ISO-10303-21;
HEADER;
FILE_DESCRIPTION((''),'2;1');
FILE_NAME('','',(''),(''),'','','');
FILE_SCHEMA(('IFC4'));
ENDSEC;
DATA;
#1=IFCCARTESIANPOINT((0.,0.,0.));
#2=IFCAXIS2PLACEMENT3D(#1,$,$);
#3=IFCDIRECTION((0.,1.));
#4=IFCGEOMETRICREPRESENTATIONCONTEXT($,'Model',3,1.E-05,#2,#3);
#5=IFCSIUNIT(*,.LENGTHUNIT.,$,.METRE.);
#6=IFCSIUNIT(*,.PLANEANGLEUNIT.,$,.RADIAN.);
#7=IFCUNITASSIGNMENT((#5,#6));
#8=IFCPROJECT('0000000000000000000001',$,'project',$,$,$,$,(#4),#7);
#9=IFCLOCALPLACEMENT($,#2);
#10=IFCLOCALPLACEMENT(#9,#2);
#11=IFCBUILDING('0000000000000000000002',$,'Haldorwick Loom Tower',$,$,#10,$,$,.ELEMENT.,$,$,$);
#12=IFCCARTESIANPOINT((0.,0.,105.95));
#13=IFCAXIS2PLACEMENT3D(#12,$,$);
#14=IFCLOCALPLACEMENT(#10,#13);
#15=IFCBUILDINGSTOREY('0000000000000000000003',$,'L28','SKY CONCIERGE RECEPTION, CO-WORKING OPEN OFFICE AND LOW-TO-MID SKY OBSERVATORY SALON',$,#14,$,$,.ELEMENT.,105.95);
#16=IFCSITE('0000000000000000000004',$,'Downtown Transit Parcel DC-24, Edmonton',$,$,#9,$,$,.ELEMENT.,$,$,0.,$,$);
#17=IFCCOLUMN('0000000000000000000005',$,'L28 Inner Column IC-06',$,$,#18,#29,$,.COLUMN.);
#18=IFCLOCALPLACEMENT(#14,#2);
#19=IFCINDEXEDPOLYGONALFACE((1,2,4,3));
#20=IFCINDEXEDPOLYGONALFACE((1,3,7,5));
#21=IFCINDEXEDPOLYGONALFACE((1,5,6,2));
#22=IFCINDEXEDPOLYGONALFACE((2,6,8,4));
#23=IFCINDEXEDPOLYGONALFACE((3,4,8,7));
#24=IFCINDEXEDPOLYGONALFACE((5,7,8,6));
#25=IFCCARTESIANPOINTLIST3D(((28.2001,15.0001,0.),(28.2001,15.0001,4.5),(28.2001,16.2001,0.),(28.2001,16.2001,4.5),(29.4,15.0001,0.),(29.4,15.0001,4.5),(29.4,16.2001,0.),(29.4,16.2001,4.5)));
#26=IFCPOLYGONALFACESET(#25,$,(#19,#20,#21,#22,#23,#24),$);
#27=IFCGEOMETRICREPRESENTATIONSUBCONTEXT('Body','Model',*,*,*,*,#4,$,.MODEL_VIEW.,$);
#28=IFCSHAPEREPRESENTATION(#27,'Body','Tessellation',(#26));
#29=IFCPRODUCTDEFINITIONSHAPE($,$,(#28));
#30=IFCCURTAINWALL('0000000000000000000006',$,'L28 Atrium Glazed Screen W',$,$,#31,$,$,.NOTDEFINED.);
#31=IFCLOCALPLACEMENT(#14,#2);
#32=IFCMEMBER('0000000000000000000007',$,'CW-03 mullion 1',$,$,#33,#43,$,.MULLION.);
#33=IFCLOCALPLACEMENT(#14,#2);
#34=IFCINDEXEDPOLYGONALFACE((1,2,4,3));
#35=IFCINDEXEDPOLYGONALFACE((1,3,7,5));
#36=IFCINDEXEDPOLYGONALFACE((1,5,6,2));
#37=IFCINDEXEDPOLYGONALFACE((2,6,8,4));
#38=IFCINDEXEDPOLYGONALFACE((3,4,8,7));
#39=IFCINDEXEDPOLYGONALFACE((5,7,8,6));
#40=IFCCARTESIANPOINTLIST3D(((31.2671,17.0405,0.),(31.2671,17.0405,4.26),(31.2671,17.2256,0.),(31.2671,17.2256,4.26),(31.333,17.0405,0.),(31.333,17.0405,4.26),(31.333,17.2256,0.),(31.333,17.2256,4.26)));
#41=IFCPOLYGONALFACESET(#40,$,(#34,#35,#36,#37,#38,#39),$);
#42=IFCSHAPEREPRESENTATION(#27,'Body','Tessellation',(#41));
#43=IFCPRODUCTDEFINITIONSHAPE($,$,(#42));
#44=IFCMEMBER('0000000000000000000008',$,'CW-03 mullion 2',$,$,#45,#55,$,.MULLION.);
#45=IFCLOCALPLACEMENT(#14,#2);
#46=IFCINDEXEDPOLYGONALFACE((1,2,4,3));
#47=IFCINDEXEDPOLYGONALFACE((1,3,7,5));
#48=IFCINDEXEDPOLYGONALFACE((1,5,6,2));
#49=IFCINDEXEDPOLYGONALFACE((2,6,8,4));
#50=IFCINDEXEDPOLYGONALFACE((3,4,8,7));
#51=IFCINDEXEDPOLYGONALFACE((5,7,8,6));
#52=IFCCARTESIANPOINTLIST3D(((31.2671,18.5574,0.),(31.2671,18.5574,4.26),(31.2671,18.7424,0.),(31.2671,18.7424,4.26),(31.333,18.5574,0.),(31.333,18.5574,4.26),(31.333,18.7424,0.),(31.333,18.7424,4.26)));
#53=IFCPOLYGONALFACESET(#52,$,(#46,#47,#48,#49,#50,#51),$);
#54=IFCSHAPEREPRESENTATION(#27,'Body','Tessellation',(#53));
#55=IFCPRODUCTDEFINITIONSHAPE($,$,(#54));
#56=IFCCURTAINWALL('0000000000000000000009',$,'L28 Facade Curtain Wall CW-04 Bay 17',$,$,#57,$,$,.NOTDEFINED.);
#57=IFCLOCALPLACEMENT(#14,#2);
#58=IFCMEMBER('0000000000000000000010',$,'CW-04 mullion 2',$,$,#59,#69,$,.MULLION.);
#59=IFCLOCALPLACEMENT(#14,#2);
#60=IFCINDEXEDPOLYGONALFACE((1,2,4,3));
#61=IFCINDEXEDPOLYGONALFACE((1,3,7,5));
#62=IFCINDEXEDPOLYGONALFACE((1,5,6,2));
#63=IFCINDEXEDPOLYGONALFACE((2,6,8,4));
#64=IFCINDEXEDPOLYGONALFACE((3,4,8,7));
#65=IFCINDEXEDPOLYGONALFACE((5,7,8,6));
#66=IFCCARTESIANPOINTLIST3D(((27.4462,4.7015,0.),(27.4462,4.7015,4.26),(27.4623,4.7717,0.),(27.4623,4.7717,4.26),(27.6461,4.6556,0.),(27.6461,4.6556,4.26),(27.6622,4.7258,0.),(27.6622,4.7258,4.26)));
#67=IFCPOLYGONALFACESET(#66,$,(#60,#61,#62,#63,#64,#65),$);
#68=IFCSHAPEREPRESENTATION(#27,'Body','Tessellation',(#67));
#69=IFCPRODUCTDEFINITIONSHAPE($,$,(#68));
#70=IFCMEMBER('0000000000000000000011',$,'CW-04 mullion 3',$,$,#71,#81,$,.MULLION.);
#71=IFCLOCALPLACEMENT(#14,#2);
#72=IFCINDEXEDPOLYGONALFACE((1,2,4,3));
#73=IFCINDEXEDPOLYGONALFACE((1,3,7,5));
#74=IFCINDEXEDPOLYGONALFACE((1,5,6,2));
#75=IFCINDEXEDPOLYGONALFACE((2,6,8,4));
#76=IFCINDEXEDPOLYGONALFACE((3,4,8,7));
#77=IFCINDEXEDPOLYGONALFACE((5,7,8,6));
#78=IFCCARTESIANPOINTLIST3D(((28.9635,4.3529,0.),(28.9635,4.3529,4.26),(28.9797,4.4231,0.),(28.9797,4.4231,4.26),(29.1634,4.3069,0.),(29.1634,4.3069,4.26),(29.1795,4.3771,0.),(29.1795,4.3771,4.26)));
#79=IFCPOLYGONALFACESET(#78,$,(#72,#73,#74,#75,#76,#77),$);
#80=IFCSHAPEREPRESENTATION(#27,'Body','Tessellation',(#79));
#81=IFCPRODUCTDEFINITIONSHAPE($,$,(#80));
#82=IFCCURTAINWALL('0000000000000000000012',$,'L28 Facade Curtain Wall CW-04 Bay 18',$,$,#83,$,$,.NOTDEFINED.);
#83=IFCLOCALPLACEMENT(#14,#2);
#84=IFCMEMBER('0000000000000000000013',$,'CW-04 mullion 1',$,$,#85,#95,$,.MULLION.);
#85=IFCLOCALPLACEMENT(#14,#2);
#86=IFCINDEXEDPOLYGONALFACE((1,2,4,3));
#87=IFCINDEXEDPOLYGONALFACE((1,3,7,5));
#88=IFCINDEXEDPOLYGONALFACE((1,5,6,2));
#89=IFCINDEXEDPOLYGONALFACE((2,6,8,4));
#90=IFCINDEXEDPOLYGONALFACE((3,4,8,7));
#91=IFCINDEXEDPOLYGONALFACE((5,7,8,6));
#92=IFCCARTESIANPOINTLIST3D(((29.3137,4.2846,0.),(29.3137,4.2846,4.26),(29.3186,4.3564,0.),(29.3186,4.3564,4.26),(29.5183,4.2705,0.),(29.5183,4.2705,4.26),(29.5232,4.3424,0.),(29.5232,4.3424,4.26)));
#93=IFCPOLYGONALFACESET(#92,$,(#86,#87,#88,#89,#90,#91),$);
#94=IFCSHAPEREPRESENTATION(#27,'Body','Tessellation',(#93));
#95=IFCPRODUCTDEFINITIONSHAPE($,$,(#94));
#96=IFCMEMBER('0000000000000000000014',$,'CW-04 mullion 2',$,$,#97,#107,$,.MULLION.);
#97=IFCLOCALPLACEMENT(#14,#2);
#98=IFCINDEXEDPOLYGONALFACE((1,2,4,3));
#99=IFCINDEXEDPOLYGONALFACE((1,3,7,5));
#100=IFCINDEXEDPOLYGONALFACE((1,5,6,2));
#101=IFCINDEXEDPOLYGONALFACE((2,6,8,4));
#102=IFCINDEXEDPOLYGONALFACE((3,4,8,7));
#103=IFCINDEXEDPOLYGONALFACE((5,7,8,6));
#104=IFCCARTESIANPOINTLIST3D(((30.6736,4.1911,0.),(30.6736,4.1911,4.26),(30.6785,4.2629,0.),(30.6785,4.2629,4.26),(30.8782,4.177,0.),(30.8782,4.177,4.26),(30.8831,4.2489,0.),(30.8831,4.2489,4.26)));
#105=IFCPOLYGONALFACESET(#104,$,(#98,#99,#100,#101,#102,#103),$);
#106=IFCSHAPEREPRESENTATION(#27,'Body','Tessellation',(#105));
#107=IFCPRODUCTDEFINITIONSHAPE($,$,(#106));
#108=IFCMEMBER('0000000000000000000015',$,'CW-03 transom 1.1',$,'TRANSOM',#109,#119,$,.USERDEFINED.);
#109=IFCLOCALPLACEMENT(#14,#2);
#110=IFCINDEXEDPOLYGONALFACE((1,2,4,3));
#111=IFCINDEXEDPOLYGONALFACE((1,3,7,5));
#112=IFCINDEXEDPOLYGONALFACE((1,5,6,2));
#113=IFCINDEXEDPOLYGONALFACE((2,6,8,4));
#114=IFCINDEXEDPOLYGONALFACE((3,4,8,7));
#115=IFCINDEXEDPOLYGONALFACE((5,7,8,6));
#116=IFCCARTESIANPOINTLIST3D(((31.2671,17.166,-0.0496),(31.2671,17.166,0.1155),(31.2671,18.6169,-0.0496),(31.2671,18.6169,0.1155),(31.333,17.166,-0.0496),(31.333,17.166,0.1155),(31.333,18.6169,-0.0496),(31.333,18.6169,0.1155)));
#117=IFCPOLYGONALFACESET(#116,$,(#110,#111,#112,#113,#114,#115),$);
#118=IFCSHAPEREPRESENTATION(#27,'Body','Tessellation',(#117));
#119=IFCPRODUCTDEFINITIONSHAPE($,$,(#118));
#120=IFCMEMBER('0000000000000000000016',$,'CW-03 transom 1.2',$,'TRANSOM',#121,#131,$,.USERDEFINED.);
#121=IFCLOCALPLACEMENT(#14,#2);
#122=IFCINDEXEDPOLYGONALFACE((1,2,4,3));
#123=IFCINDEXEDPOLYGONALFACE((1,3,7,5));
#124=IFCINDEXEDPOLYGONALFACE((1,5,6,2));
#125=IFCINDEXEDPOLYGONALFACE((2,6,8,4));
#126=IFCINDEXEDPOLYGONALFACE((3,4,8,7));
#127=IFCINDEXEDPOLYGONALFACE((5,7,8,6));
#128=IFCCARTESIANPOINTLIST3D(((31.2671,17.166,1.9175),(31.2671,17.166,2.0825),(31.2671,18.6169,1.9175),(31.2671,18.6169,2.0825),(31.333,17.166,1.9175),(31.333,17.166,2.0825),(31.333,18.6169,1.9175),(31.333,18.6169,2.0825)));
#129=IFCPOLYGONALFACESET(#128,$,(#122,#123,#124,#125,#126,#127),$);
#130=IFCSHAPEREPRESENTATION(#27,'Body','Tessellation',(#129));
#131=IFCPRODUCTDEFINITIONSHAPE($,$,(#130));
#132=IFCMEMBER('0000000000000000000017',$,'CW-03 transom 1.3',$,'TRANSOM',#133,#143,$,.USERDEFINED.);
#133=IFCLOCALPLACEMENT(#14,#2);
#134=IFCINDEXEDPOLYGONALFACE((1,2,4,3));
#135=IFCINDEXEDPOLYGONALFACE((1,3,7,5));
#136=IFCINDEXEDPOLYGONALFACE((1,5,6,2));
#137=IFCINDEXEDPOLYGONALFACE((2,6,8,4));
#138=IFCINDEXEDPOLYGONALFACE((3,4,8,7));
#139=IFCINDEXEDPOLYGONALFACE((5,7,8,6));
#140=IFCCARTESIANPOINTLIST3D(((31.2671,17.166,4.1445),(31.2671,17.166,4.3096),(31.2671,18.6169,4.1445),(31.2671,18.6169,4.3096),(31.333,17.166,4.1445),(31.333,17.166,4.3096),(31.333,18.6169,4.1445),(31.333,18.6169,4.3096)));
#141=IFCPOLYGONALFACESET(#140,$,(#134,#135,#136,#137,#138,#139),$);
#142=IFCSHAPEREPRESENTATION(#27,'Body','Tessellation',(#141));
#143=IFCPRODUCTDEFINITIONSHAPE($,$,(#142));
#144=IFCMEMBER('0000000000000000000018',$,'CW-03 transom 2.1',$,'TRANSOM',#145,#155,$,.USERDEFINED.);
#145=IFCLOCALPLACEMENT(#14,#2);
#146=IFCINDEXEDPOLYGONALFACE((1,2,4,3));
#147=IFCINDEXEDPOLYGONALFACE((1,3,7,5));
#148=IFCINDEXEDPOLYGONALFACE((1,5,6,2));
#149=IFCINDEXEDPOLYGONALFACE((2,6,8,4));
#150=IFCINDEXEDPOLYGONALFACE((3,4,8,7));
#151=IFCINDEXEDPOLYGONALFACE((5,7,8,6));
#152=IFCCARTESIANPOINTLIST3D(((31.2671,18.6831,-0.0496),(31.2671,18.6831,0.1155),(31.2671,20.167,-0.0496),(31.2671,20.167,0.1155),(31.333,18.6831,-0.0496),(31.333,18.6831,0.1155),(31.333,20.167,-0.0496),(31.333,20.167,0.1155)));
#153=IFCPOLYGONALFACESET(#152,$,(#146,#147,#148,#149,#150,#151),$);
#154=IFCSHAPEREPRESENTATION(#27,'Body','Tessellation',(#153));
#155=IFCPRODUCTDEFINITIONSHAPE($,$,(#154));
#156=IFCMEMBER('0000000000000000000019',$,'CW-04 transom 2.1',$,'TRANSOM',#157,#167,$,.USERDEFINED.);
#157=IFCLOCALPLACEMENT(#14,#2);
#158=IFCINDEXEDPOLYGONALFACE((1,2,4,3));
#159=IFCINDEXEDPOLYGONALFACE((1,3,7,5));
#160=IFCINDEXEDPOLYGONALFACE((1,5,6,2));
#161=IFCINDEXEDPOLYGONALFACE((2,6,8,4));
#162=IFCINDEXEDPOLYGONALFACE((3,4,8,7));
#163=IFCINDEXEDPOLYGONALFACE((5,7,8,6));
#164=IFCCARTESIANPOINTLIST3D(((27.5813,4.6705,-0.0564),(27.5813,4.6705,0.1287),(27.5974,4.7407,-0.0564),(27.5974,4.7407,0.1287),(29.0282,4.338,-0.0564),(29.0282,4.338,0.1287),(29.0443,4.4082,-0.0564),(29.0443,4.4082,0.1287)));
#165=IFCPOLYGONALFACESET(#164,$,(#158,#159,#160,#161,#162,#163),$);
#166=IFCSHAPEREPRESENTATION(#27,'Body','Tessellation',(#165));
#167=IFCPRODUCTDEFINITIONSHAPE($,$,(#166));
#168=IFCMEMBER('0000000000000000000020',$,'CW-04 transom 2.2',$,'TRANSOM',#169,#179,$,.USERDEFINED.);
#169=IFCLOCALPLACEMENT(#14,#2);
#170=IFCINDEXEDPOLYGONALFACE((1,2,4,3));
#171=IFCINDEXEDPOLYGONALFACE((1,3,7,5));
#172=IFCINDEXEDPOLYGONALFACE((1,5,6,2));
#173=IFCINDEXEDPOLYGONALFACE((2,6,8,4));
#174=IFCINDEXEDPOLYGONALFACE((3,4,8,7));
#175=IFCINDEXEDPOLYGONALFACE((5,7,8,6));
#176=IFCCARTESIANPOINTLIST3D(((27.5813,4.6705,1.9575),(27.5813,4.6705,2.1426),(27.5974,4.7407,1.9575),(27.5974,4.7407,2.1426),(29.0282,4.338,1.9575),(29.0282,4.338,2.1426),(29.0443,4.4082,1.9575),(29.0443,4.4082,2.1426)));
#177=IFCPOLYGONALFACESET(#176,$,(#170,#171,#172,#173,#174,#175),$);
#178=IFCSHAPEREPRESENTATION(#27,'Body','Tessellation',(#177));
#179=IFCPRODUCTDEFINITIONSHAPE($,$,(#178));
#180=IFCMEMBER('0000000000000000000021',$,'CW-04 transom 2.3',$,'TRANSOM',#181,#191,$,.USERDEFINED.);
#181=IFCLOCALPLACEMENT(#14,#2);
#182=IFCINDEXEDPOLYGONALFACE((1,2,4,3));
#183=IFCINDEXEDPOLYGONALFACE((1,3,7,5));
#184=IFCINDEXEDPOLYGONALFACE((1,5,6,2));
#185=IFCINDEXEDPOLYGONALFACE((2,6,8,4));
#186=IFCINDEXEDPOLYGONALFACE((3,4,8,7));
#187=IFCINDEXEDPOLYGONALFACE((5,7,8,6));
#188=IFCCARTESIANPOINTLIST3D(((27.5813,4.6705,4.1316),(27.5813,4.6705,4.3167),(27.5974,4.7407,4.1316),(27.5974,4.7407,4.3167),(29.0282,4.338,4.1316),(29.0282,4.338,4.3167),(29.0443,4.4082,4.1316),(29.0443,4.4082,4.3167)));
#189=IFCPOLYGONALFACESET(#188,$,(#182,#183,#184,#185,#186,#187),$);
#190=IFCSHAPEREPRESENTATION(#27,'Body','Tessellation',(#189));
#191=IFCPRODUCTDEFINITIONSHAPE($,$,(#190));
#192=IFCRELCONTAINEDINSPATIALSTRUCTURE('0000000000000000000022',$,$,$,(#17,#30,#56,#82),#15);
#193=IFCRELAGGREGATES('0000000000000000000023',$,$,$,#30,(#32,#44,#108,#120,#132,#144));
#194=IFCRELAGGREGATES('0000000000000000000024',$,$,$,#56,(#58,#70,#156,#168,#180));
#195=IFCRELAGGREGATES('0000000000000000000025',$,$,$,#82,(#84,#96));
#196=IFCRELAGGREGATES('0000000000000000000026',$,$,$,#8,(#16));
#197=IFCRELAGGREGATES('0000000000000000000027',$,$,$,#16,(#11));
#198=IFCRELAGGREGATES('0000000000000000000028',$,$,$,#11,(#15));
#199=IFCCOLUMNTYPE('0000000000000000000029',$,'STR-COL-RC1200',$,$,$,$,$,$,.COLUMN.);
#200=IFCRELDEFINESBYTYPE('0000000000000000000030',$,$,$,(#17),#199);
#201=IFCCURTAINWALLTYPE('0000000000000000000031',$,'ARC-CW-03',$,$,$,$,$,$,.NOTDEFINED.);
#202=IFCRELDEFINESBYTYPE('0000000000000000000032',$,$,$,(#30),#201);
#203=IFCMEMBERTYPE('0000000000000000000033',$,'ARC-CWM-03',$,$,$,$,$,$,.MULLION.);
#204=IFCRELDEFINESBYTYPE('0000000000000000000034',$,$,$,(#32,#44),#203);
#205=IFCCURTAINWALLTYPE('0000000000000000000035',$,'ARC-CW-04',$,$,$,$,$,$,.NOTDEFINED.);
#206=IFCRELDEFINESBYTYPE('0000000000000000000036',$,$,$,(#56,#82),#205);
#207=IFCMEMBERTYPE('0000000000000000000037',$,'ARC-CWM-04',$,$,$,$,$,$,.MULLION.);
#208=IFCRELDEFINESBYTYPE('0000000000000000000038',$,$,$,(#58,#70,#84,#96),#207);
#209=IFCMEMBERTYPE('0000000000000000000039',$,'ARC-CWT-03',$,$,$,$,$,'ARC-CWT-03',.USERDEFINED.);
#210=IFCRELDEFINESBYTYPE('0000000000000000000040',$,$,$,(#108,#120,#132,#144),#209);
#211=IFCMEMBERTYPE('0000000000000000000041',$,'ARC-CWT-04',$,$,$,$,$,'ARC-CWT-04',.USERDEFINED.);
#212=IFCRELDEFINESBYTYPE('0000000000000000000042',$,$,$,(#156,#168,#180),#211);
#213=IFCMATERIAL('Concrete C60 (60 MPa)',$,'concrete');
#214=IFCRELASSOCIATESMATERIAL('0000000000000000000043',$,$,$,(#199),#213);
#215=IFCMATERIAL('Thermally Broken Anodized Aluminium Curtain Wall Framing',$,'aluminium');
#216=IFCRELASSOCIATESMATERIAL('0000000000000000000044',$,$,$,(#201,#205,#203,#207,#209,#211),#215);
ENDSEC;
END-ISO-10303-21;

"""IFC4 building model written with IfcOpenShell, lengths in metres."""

from ifc_helpers import new_model, si_unit, direction, frame, origin, origin_2d, place, context, subcontext, project, spatial, rectangle, extrude, material, material_profile, profile_set, type_object, element, aggregate, save


model = new_model("IFC4")

# Units and contexts
model_context = context("Model", 3, precision=1e-05, world=origin(), true_north=direction((0.0, 1.0)))
body_context = subcontext(model_context, "Body", "Model", "MODEL_VIEW")
ifc_project = project(units=[si_unit("LENGTHUNIT", "METRE"), si_unit("PLANEANGLEUNIT", "RADIAN")], contexts=[model_context])

# Site, building, storey
site_placement = place(None, origin())
site = spatial("IfcSite", under=ifc_project, at=site_placement, Name="Downtown Transit Parcel DC-24, Edmonton", CompositionType="ELEMENT", RefElevation=0.0)
building_placement = place(site_placement, origin())
building = spatial("IfcBuilding", under=site, at=building_placement, Name="Haldorwick Loom Tower", CompositionType="ELEMENT")
storey_placement = place(building_placement, frame((0.0, 0.0, 105.95)))
storey = spatial("IfcBuildingStorey", under=building, at=storey_placement, Name="L28", Description="SKY CONCIERGE RECEPTION, CO-WORKING OPEN OFFICE AND LOW-TO-MID SKY OBSERVATORY SALON", CompositionType="ELEMENT", Elevation=105.95)

# Column
ifc_material_1 = material(Name="Concrete C60 (60 MPa)", Category="concrete")
ifc_material_profile_1 = material_profile(ifc_material_1, rectangle(XDim=1.2, YDim=1.2, at=origin_2d()), Name="RC1200X1200", Category="concrete")
ifc_profile_set_1 = profile_set([ifc_material_profile_1], Name="Concrete C60 (60 MPa)")
column_type = type_object("IfcColumnType", Name="STR-COL-RC1200", PredefinedType="COLUMN", material=ifc_profile_set_1)
column_placement = place(storey_placement, frame((28.8, 15.6001, 0.0), z_axis=(0.0, 0.0, 1.0), x_axis=(1.0, 0.0, 0.0)))
element("IfcColumn", 1, at=column_placement, inside=storey, type_object=column_type, Name="L28 Inner Column IC-06", PredefinedType="COLUMN", context=body_context, shape_type="SweptSolid", body=[
    extrude(rectangle(XDim=1.2, YDim=1.2, at=origin_2d()), origin(), (0.0, 0.0, 1.0), 4.5),
])

# Curtain walls, members
ifc_material_2 = material(Name="Thermally Broken Anodized Aluminium Curtain Wall Framing", Category="aluminium")
curtain_wall_type_1 = type_object("IfcCurtainWallType", Name="ARC-CW-03", PredefinedType="NOTDEFINED", material=ifc_material_2)
curtain_wall_1_placement = place(storey_placement, origin())
curtain_wall_1 = element("IfcCurtainWall", 2, at=curtain_wall_1_placement, inside=storey, type_object=curtain_wall_type_1, Name="L28 Atrium Glazed Screen W", PredefinedType="NOTDEFINED")
ifc_material_profile_2 = material_profile(ifc_material_2, rectangle(XDim=0.0659, YDim=0.1851, at=origin_2d()), Name="ALU_MUL_66X185", Category="aluminium")
ifc_profile_set_2 = profile_set([ifc_material_profile_2], Name="Thermally Broken Anodized Aluminium Curtain Wall Framing")
member_type_1 = type_object("IfcMemberType", Name="ARC-CWM-03", PredefinedType="MULLION", material=ifc_profile_set_2)
member_1_placement = place(storey_placement, frame((31.3, 17.1331, 0.0), z_axis=(0.0, 0.0, 1.0), x_axis=(-1.0, 0.0, 0.0)))
member_1 = element("IfcMember", 3, at=member_1_placement, type_object=member_type_1, Name="CW-03 mullion 1", PredefinedType="MULLION", context=body_context, shape_type="SweptSolid", body=[
    extrude(rectangle(XDim=0.0659, YDim=0.1851, at=origin_2d()), origin(), (0.0, 0.0, 1.0), 4.26),
])
member_2_placement = place(storey_placement, frame((31.3, 18.6499, 0.0), z_axis=(0.0, 0.0, 1.0), x_axis=(-1.0, 0.0, 0.0)))
member_2 = element("IfcMember", 4, at=member_2_placement, type_object=member_type_1, Name="CW-03 mullion 2", PredefinedType="MULLION", context=body_context, shape_type="SweptSolid", body=[
    extrude(rectangle(XDim=0.0659, YDim=0.1851, at=origin_2d()), origin(), (0.0, 0.0, 1.0), 4.26),
])
curtain_wall_type_2 = type_object("IfcCurtainWallType", Name="ARC-CW-04", PredefinedType="NOTDEFINED", material=ifc_material_2)
curtain_wall_2_placement = place(storey_placement, origin())
curtain_wall_2 = element("IfcCurtainWall", 5, at=curtain_wall_2_placement, inside=storey, type_object=curtain_wall_type_2, Name="L28 Facade Curtain Wall CW-04 Bay 17", PredefinedType="NOTDEFINED")
ifc_material_profile_3 = material_profile(ifc_material_2, rectangle(XDim=0.072, YDim=0.2051, at=origin_2d()), Name="ALU_MUL_72X205", Category="aluminium")
ifc_profile_set_3 = profile_set([ifc_material_profile_3], Name="Thermally Broken Anodized Aluminium Curtain Wall Framing")
member_type_2 = type_object("IfcMemberType", Name="ARC-CWM-04", PredefinedType="MULLION", material=ifc_profile_set_3)
member_3_placement = place(storey_placement, frame((27.5542, 4.7136, 0.0), z_axis=(0.0, 0.0, 1.0), x_axis=(0.223981, 0.974593, 0.0)))
member_3 = element("IfcMember", 6, at=member_3_placement, type_object=member_type_2, Name="CW-04 mullion 2", PredefinedType="MULLION", context=body_context, shape_type="SweptSolid", body=[
    extrude(rectangle(XDim=0.072, YDim=0.2051, at=origin_2d()), origin(), (0.0, 0.0, 1.0), 4.26),
])
member_4_placement = place(storey_placement, frame((29.0715, 4.365, 0.0), z_axis=(0.0, 0.0, 1.0), x_axis=(0.223981, 0.974593, 0.0)))
member_4 = element("IfcMember", 7, at=member_4_placement, type_object=member_type_2, Name="CW-04 mullion 3", PredefinedType="MULLION", context=body_context, shape_type="SweptSolid", body=[
    extrude(rectangle(XDim=0.072, YDim=0.2051, at=origin_2d()), origin(), (0.0, 0.0, 1.0), 4.26),
])
curtain_wall_3_placement = place(storey_placement, origin())
curtain_wall_3 = element("IfcCurtainWall", 8, at=curtain_wall_3_placement, inside=storey, type_object=curtain_wall_type_2, Name="L28 Facade Curtain Wall CW-04 Bay 18", PredefinedType="NOTDEFINED")
member_5_placement = place(storey_placement, frame((29.4185, 4.3135, 0.0), z_axis=(0.0, 0.0, 1.0), x_axis=(0.068496, 0.997651, 0.0)))
member_5 = element("IfcMember", 9, at=member_5_placement, type_object=member_type_2, Name="CW-04 mullion 1", PredefinedType="MULLION", context=body_context, shape_type="SweptSolid", body=[
    extrude(rectangle(XDim=0.072, YDim=0.2051, at=origin_2d()), origin(), (0.0, 0.0, 1.0), 4.26),
])
member_6_placement = place(storey_placement, frame((30.7783, 4.22, 0.0), z_axis=(0.0, 0.0, 1.0), x_axis=(0.068496, 0.997651, 0.0)))
member_6 = element("IfcMember", 10, at=member_6_placement, type_object=member_type_2, Name="CW-04 mullion 2", PredefinedType="MULLION", context=body_context, shape_type="SweptSolid", body=[
    extrude(rectangle(XDim=0.072, YDim=0.2051, at=origin_2d()), origin(), (0.0, 0.0, 1.0), 4.26),
])

# Members
ifc_material_profile_4 = material_profile(ifc_material_2, rectangle(XDim=0.0659, YDim=0.165, at=origin_2d()), Name="ALU_TRN_66X165", Category="aluminium")
ifc_profile_set_4 = profile_set([ifc_material_profile_4], Name="Thermally Broken Anodized Aluminium Curtain Wall Framing")
member_type_3 = type_object("IfcMemberType", Name="ARC-CWT-03", ElementType="ARC-CWT-03", PredefinedType="USERDEFINED", material=ifc_profile_set_4)
member_7_placement = place(storey_placement, frame((31.3, 17.166, 0.033), z_axis=(0.0, 1.0, 0.0), x_axis=(-1.0, 0.0, 0.0)))
member_7 = element("IfcMember", 11, at=member_7_placement, type_object=member_type_3, Name="CW-03 transom 1.1", ObjectType="TRANSOM", PredefinedType="USERDEFINED", context=body_context, shape_type="SweptSolid", body=[
    extrude(rectangle(XDim=0.0659, YDim=0.165, at=origin_2d()), origin(), (0.0, 0.0, 1.0), 1.4509),
])
member_8_placement = place(storey_placement, frame((31.3, 17.166, 2.0), z_axis=(0.0, 1.0, 0.0), x_axis=(-1.0, 0.0, 0.0)))
member_8 = element("IfcMember", 12, at=member_8_placement, type_object=member_type_3, Name="CW-03 transom 1.2", ObjectType="TRANSOM", PredefinedType="USERDEFINED", context=body_context, shape_type="SweptSolid", body=[
    extrude(rectangle(XDim=0.0659, YDim=0.165, at=origin_2d()), origin(), (0.0, 0.0, 1.0), 1.4509),
])
member_9_placement = place(storey_placement, frame((31.3, 17.166, 4.2271), z_axis=(0.0, 1.0, 0.0), x_axis=(-1.0, 0.0, 0.0)))
member_9 = element("IfcMember", 13, at=member_9_placement, type_object=member_type_3, Name="CW-03 transom 1.3", ObjectType="TRANSOM", PredefinedType="USERDEFINED", context=body_context, shape_type="SweptSolid", body=[
    extrude(rectangle(XDim=0.0659, YDim=0.165, at=origin_2d()), origin(), (0.0, 0.0, 1.0), 1.4509),
])
member_10_placement = place(storey_placement, frame((31.3, 18.6831, 0.033), z_axis=(0.0, 1.0, 0.0), x_axis=(-1.0, 0.0, 0.0)))
member_10 = element("IfcMember", 14, at=member_10_placement, type_object=member_type_3, Name="CW-03 transom 2.1", ObjectType="TRANSOM", PredefinedType="USERDEFINED", context=body_context, shape_type="SweptSolid", body=[
    extrude(rectangle(XDim=0.0659, YDim=0.165, at=origin_2d()), origin(), (0.0, 0.0, 1.0), 1.4839),
])
ifc_material_profile_5 = material_profile(ifc_material_2, rectangle(XDim=0.072, YDim=0.1851, at=origin_2d()), Name="ALU_TRN_72X185", Category="aluminium")
ifc_profile_set_5 = profile_set([ifc_material_profile_5], Name="Thermally Broken Anodized Aluminium Curtain Wall Framing")
member_type_4 = type_object("IfcMemberType", Name="ARC-CWT-04", ElementType="ARC-CWT-04", PredefinedType="USERDEFINED", material=ifc_profile_set_5)
member_11_placement = place(storey_placement, frame((27.5894, 4.7056, 0.0361), z_axis=(0.974599, -0.223959, 0.0), x_axis=(0.223959, 0.974599, 0.0)))
member_11 = element("IfcMember", 15, at=member_11_placement, type_object=member_type_4, Name="CW-04 transom 2.1", ObjectType="TRANSOM", PredefinedType="USERDEFINED", context=body_context, shape_type="SweptSolid", body=[
    extrude(rectangle(XDim=0.072, YDim=0.1851, at=origin_2d()), origin(), (0.0, 0.0, 1.0), 1.4846),
])
member_12_placement = place(storey_placement, frame((27.5894, 4.7056, 2.05), z_axis=(0.974599, -0.223959, 0.0), x_axis=(0.223959, 0.974599, 0.0)))
member_12 = element("IfcMember", 16, at=member_12_placement, type_object=member_type_4, Name="CW-04 transom 2.2", ObjectType="TRANSOM", PredefinedType="USERDEFINED", context=body_context, shape_type="SweptSolid", body=[
    extrude(rectangle(XDim=0.072, YDim=0.1851, at=origin_2d()), origin(), (0.0, 0.0, 1.0), 1.4846),
])
member_13_placement = place(storey_placement, frame((27.5894, 4.7056, 4.2241), z_axis=(0.974599, -0.223959, 0.0), x_axis=(0.223959, 0.974599, 0.0)))
member_13 = element("IfcMember", 17, at=member_13_placement, type_object=member_type_4, Name="CW-04 transom 2.3", ObjectType="TRANSOM", PredefinedType="USERDEFINED", context=body_context, shape_type="SweptSolid", body=[
    extrude(rectangle(XDim=0.072, YDim=0.1851, at=origin_2d()), origin(), (0.0, 0.0, 1.0), 1.4846),
])

aggregate(curtain_wall_1, [member_1, member_2, member_7, member_8, member_9, member_10])
aggregate(curtain_wall_2, [member_3, member_4, member_11, member_12, member_13])
aggregate(curtain_wall_3, [member_5, member_6])

save(model, "model.ifc")
